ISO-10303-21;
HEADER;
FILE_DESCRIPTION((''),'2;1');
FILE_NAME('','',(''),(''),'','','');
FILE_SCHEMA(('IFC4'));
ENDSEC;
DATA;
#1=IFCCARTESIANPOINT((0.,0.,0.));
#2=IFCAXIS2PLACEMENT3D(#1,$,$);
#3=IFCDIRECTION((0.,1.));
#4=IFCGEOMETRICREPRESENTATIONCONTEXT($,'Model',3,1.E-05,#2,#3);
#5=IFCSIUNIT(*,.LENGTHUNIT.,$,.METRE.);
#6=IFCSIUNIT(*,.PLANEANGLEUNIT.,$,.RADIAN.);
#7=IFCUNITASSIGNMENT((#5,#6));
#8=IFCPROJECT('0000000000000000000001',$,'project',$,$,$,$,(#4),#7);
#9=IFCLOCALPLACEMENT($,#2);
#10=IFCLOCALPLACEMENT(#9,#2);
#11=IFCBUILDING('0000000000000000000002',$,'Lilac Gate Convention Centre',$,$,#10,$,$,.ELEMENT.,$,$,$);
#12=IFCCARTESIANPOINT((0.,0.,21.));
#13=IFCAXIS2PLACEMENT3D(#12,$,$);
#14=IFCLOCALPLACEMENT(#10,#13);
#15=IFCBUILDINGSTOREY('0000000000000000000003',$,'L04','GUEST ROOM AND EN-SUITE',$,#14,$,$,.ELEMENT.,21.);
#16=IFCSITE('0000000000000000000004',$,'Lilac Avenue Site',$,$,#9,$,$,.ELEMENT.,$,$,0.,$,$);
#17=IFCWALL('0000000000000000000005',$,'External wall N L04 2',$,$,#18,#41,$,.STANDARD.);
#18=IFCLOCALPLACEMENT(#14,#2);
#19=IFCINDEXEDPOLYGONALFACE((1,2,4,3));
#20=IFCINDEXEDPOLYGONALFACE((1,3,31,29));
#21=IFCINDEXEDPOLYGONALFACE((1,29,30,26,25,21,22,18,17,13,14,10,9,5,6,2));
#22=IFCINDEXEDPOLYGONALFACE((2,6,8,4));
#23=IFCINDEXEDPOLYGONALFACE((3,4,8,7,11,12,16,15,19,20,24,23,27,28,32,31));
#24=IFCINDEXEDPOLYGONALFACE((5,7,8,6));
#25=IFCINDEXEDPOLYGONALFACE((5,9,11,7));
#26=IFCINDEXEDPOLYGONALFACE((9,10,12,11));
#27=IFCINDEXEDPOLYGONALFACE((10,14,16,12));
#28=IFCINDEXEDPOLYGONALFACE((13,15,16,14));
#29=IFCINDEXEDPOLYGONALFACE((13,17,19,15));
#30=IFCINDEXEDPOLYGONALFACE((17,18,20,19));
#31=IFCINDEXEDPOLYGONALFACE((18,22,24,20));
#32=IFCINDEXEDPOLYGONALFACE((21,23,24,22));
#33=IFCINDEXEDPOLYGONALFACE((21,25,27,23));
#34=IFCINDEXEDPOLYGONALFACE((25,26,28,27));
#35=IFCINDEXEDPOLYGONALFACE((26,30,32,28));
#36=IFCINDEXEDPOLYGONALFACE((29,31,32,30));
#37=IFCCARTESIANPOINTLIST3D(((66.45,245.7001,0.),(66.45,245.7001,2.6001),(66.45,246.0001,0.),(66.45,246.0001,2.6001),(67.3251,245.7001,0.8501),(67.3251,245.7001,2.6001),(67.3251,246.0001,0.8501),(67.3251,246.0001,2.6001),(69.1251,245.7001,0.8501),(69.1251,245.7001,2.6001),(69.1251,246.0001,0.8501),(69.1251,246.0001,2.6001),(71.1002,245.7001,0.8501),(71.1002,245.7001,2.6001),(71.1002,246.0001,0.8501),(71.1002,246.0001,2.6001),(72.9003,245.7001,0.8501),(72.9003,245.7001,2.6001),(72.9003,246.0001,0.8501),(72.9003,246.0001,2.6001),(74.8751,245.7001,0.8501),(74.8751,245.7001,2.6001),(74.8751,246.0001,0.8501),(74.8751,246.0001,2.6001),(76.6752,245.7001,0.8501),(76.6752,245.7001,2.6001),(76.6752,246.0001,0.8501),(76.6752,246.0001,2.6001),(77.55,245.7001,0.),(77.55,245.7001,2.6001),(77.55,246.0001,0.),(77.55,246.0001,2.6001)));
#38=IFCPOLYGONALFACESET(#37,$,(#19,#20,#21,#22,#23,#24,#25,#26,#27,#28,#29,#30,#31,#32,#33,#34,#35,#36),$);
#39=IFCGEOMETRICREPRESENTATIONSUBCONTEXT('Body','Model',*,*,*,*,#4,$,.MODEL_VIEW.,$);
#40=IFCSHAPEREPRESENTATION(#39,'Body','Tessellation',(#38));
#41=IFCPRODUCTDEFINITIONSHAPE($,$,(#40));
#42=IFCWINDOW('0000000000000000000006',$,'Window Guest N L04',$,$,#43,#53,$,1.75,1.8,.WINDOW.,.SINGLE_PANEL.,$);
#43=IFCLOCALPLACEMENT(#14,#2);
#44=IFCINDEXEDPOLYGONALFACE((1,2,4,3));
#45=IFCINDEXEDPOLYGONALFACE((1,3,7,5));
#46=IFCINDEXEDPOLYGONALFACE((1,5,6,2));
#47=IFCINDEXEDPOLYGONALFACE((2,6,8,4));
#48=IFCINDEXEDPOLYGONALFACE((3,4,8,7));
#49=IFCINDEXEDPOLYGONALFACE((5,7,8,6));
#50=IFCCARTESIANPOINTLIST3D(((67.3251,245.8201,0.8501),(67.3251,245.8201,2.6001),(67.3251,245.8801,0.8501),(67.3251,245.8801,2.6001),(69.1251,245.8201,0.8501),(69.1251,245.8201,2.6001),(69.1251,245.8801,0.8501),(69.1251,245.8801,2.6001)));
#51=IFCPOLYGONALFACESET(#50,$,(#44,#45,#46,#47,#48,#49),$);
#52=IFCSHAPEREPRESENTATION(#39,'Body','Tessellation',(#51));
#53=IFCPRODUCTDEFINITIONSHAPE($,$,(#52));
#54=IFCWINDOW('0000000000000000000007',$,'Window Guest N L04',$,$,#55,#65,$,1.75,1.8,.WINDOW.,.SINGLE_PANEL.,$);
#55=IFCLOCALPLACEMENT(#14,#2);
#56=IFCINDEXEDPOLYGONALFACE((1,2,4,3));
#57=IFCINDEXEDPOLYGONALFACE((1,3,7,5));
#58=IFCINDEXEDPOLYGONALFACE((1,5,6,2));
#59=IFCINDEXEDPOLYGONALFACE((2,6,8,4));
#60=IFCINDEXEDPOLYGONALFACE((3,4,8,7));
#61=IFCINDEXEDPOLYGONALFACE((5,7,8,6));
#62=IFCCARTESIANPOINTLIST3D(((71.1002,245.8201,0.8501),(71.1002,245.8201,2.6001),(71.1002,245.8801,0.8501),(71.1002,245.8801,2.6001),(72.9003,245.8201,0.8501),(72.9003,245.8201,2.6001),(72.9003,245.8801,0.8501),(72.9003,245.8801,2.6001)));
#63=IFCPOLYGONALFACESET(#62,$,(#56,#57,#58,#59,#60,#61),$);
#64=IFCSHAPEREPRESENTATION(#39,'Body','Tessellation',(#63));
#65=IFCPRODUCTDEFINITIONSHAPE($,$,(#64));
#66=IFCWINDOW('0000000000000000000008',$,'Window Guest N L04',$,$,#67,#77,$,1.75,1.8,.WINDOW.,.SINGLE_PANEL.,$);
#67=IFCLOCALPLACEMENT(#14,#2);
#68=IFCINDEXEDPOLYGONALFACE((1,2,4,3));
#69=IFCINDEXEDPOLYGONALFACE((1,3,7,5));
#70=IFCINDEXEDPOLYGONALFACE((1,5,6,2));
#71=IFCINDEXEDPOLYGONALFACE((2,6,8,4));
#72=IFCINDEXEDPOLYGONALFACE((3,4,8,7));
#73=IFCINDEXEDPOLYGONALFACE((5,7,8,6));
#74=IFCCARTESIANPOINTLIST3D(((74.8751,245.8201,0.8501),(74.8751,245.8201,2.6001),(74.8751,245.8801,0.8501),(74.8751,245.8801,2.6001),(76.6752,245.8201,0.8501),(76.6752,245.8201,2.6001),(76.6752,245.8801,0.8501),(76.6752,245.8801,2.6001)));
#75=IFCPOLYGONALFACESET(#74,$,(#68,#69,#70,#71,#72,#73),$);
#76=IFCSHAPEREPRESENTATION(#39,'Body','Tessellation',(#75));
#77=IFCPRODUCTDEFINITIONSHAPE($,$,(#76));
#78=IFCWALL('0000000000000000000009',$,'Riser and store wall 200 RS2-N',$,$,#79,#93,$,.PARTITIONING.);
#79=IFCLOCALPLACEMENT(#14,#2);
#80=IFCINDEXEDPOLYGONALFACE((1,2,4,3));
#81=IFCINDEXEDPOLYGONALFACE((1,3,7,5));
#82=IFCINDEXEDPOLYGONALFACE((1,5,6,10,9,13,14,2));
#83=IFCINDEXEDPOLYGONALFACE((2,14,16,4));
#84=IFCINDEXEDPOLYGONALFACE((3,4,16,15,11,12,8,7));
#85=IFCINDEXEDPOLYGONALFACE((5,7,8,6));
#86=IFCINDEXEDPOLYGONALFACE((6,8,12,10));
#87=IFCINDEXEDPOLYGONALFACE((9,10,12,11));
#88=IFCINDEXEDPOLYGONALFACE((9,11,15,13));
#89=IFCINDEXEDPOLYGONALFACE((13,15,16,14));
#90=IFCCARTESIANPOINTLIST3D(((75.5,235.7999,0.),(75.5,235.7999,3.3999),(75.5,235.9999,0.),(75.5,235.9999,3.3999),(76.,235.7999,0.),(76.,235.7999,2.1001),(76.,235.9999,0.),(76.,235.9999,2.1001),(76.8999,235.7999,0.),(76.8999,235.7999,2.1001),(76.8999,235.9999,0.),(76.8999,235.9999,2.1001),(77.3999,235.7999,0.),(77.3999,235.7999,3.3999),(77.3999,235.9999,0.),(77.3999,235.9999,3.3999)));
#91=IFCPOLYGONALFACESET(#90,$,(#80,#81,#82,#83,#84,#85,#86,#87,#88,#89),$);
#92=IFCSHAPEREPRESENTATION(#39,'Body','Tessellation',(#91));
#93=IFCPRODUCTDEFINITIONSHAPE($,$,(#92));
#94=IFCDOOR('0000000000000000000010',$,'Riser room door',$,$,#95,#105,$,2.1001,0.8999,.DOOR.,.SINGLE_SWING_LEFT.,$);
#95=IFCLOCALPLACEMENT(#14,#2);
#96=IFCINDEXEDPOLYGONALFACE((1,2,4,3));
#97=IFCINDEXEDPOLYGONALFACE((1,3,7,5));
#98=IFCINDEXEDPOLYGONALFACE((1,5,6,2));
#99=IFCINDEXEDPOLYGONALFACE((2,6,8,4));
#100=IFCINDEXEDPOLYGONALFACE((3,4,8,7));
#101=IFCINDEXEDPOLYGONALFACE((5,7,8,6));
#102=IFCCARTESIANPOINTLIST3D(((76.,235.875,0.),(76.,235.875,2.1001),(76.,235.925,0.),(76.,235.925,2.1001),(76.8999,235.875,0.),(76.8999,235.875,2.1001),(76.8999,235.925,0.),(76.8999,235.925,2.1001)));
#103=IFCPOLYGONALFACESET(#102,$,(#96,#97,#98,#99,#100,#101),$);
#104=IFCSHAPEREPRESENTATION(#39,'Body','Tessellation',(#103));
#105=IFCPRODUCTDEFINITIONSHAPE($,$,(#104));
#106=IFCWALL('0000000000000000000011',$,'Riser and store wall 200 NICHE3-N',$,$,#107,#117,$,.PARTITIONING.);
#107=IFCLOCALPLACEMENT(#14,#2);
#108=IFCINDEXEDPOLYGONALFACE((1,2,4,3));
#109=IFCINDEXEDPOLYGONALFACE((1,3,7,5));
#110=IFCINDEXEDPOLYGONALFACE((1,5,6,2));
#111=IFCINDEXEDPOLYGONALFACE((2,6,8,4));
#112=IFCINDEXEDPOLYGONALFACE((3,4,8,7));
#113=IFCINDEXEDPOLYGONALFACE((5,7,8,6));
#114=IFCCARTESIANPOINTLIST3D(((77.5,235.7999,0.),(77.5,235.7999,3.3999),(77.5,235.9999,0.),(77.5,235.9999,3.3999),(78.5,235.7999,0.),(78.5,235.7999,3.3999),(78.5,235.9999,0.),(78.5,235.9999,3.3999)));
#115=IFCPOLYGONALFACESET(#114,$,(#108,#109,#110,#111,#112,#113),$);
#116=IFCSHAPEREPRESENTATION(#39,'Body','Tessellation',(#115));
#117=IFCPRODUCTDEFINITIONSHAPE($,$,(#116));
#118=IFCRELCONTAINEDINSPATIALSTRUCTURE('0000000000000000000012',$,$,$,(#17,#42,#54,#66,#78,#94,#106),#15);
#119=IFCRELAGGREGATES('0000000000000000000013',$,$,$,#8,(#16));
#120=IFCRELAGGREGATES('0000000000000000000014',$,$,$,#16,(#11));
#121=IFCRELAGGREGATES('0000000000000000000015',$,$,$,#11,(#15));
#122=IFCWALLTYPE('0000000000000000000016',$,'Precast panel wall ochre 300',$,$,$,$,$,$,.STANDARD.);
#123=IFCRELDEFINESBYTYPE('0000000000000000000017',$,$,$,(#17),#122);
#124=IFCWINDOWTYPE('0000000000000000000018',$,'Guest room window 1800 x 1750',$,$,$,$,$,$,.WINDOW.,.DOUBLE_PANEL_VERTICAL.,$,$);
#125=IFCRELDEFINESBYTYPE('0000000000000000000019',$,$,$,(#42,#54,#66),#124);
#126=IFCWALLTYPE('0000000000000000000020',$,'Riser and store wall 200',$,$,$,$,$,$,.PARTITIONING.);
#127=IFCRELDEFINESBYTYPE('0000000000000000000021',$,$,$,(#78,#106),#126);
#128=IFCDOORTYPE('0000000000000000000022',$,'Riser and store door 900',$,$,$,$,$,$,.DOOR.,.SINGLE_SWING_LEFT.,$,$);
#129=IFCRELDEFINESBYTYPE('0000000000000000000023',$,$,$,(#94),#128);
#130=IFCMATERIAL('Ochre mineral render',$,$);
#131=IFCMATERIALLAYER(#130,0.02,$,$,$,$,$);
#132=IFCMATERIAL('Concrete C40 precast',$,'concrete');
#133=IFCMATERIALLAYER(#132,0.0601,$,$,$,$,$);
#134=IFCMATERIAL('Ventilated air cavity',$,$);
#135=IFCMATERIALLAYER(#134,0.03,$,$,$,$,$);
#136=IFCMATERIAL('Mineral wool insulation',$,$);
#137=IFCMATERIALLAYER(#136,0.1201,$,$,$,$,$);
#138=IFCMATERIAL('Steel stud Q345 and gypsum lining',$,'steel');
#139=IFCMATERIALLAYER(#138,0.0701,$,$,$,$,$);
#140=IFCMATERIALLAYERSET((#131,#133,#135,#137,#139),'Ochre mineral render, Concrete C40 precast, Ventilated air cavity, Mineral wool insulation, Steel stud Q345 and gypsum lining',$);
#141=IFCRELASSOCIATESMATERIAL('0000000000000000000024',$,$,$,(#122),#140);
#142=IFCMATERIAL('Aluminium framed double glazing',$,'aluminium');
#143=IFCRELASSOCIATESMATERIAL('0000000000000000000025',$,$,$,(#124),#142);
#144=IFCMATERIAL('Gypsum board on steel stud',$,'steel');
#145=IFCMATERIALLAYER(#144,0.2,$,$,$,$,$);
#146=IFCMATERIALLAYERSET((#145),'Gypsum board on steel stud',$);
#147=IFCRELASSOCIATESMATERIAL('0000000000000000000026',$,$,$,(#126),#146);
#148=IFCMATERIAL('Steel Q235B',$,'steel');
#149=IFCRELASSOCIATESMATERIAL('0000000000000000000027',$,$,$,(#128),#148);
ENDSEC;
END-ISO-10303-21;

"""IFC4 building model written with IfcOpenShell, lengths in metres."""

from ifc_helpers import new_model, si_unit, direction, frame, frame_2d, origin, place, context, subcontext, project, spatial, rectangle, extrude, material, layer, layer_set, type_object, element, fill, save


model = new_model("IFC4")

# Units and contexts
model_context = context("Model", 3, precision=1e-05, world=origin(), true_north=direction((0.0, 1.0)))
body_context = subcontext(model_context, "Body", "Model", "MODEL_VIEW")
ifc_project = project(units=[si_unit("LENGTHUNIT", "METRE"), si_unit("PLANEANGLEUNIT", "RADIAN")], contexts=[model_context])

# Site, building, storey
site_placement = place(None, origin())
site = spatial("IfcSite", under=ifc_project, at=site_placement, Name="Lilac Avenue Site", CompositionType="ELEMENT", RefElevation=0.0)
building_placement = place(site_placement, origin())
building = spatial("IfcBuilding", under=site, at=building_placement, Name="Lilac Gate Convention Centre", CompositionType="ELEMENT")
storey_placement = place(building_placement, frame((0.0, 0.0, 21.0)))
storey = spatial("IfcBuildingStorey", under=building, at=storey_placement, Name="L04", Description="GUEST ROOM AND EN-SUITE", CompositionType="ELEMENT", Elevation=21.0)

# Shared definitions
ifc_material_1 = material(Name="Gypsum board on steel stud", Category="steel")

# Shared definitions
ifc_material_2 = material(Name="Concrete C40 precast", Category="concrete")
ifc_material_3 = material(Name="Ochre mineral render")

# Wall, openings, windows
ifc_layer_1 = layer(ifc_material_3, 0.02)
ifc_layer_2 = layer(ifc_material_2, 0.0601)
ifc_material_4 = material(Name="Ventilated air cavity")
ifc_layer_3 = layer(ifc_material_4, 0.03)
ifc_material_5 = material(Name="Mineral wool insulation")
ifc_layer_4 = layer(ifc_material_5, 0.1201)
ifc_material_6 = material(Name="Steel stud Q345 and gypsum lining", Category="steel")
ifc_layer_5 = layer(ifc_material_6, 0.0701)
ifc_layer_set_1 = layer_set([ifc_layer_1, ifc_layer_2, ifc_layer_3, ifc_layer_4, ifc_layer_5], Name="Ochre mineral render, Concrete C40 precast, Ventilated air cavity, Mineral wool insulation, Steel stud Q345 and gypsum lining")
wall_type_1 = type_object("IfcWallType", Name="Precast panel wall ochre 300", PredefinedType="STANDARD", material=ifc_layer_set_1)
wall_1_placement = place(storey_placement, frame((77.55, 245.8501, 0.0), z_axis=(0.0, 0.0, 1.0), x_axis=(-1.0, 0.0, 0.0)))
wall_1 = element("IfcWall", 1, at=wall_1_placement, inside=storey, type_object=wall_type_1, Name="External wall N L04 2", PredefinedType="STANDARD", context=body_context, shape_type="SweptSolid", body=[
    extrude(rectangle(XDim=11.1001, YDim=0.3, at=frame_2d((5.55, 0.0))), origin(), (0.0, 0.0, 1.0), 2.6001),
])
opening_1_placement = place(wall_1_placement, frame((8.425, 0.0, 0.8501)))
opening_1 = element("IfcOpeningElement", 2, at=opening_1_placement, cuts=wall_1, PredefinedType="OPENING", context=body_context, shape_type="SweptSolid", body=[
    extrude(rectangle(XDim=1.8, YDim=1.75, at=frame_2d((0.8999, 0.875))), frame((0.0, 0.1599, 0.0), z_axis=(0.0, -1.0, 0.0), x_axis=(1.0, 0.0, 0.0)), (0.0, 0.0, 1.0), 0.3201),
])
opening_2_placement = place(wall_1_placement, frame((4.6499, 0.0, 0.8501)))
opening_2 = element("IfcOpeningElement", 3, at=opening_2_placement, cuts=wall_1, PredefinedType="OPENING", context=body_context, shape_type="SweptSolid", body=[
    extrude(rectangle(XDim=1.8, YDim=1.75, at=frame_2d((0.8999, 0.875))), frame((0.0, 0.1599, 0.0), z_axis=(0.0, -1.0, 0.0), x_axis=(1.0, 0.0, 0.0)), (0.0, 0.0, 1.0), 0.3201),
])
opening_3_placement = place(wall_1_placement, frame((0.875, 0.0, 0.8501)))
opening_3 = element("IfcOpeningElement", 4, at=opening_3_placement, cuts=wall_1, PredefinedType="OPENING", context=body_context, shape_type="SweptSolid", body=[
    extrude(rectangle(XDim=1.8, YDim=1.75, at=frame_2d((0.8999, 0.875))), frame((0.0, 0.1599, 0.0), z_axis=(0.0, -1.0, 0.0), x_axis=(1.0, 0.0, 0.0)), (0.0, 0.0, 1.0), 0.3201),
])
ifc_material_7 = material(Name="Aluminium framed double glazing", Category="aluminium")
window_type = type_object("IfcWindowType", Name="Guest room window 1800 x 1750", PartitioningType="DOUBLE_PANEL_VERTICAL", PredefinedType="WINDOW", material=ifc_material_7)
window_1_placement = place(opening_1_placement, origin())
window_1 = element("IfcWindow", 5, at=window_1_placement, inside=storey, type_object=window_type, Name="Window Guest N L04", OverallHeight=1.75, OverallWidth=1.8, PartitioningType="SINGLE_PANEL", PredefinedType="WINDOW", context=body_context, shape_type="SweptSolid", body=[
    extrude(rectangle(XDim=1.8, YDim=1.75, at=frame_2d((0.8999, 0.875))), frame((0.0, 0.03, 0.0), z_axis=(0.0, -1.0, 0.0), x_axis=(1.0, 0.0, 0.0)), (0.0, 0.0, 1.0), 0.0601),
])
fill(opening_1, window_1)
window_2_placement = place(opening_2_placement, origin())
window_2 = element("IfcWindow", 6, at=window_2_placement, inside=storey, type_object=window_type, Name="Window Guest N L04", OverallHeight=1.75, OverallWidth=1.8, PartitioningType="SINGLE_PANEL", PredefinedType="WINDOW", context=body_context, shape_type="SweptSolid", body=[
    extrude(rectangle(XDim=1.8, YDim=1.75, at=frame_2d((0.8999, 0.875))), frame((0.0, 0.03, 0.0), z_axis=(0.0, -1.0, 0.0), x_axis=(1.0, 0.0, 0.0)), (0.0, 0.0, 1.0), 0.0601),
])
fill(opening_2, window_2)
window_3_placement = place(opening_3_placement, origin())
window_3 = element("IfcWindow", 7, at=window_3_placement, inside=storey, type_object=window_type, Name="Window Guest N L04", OverallHeight=1.75, OverallWidth=1.8, PartitioningType="SINGLE_PANEL", PredefinedType="WINDOW", context=body_context, shape_type="SweptSolid", body=[
    extrude(rectangle(XDim=1.8, YDim=1.75, at=frame_2d((0.8999, 0.875))), frame((0.0, 0.03, 0.0), z_axis=(0.0, -1.0, 0.0), x_axis=(1.0, 0.0, 0.0)), (0.0, 0.0, 1.0), 0.0601),
])
fill(opening_3, window_3)

# Wall, opening, door
ifc_layer_6 = layer(ifc_material_1, 0.2)
ifc_layer_set_2 = layer_set([ifc_layer_6], Name="Gypsum board on steel stud")
wall_type_2 = type_object("IfcWallType", Name="Riser and store wall 200", PredefinedType="PARTITIONING", material=ifc_layer_set_2)
wall_2_placement = place(storey_placement, frame((77.3999, 235.8999, 0.0), z_axis=(0.0, 0.0, 1.0), x_axis=(-1.0, 0.0, 0.0)))
wall_2 = element("IfcWall", 8, at=wall_2_placement, inside=storey, type_object=wall_type_2, Name="Riser and store wall 200 RS2-N", PredefinedType="PARTITIONING", context=body_context, shape_type="SweptSolid", body=[
    extrude(rectangle(XDim=1.8999, YDim=0.2, at=frame_2d((0.95, 0.0))), origin(), (0.0, 0.0, 1.0), 3.3999),
])
opening_4_placement = place(wall_2_placement, frame((0.5, 0.0, 0.0)))
opening_4 = element("IfcOpeningElement", 9, at=opening_4_placement, cuts=wall_2, PredefinedType="OPENING", context=body_context, shape_type="SweptSolid", body=[
    extrude(rectangle(XDim=0.8999, YDim=2.1001, at=frame_2d((0.45, 1.05))), frame((0.0, 0.1099, 0.0), z_axis=(0.0, -1.0, 0.0), x_axis=(1.0, 0.0, 0.0)), (0.0, 0.0, 1.0), 0.22),
])
ifc_material_8 = material(Name="Steel Q235B", Category="steel")
door_type_1 = type_object("IfcDoorType", Name="Riser and store door 900", OperationType="SINGLE_SWING_LEFT", PredefinedType="DOOR", material=ifc_material_8)
door_1_placement = place(opening_4_placement, origin())
door_1 = element("IfcDoor", 10, at=door_1_placement, inside=storey, type_object=door_type_1, Name="Riser room door", OperationType="SINGLE_SWING_LEFT", OverallHeight=2.1001, OverallWidth=0.8999, PredefinedType="DOOR", context=body_context, shape_type="SweptSolid", body=[
    extrude(rectangle(XDim=0.8999, YDim=2.1001, at=frame_2d((0.45, 1.05))), frame((0.0, 0.0249, 0.0), z_axis=(0.0, -1.0, 0.0), x_axis=(1.0, 0.0, 0.0)), (0.0, 0.0, 1.0), 0.05),
])
fill(opening_4, door_1)

# Wall
wall_3_placement = place(storey_placement, frame((77.5, 235.8999, 0.0), z_axis=(0.0, 0.0, 1.0), x_axis=(1.0, 0.0, 0.0)))
element("IfcWall", 11, at=wall_3_placement, inside=storey, type_object=wall_type_2, Name="Riser and store wall 200 NICHE3-N", PredefinedType="PARTITIONING", context=body_context, shape_type="SweptSolid", body=[
    extrude(rectangle(XDim=1.0, YDim=0.2, at=frame_2d((0.5, 0.0))), origin(), (0.0, 0.0, 1.0), 3.3999),
])

save(model, "model.ifc")
